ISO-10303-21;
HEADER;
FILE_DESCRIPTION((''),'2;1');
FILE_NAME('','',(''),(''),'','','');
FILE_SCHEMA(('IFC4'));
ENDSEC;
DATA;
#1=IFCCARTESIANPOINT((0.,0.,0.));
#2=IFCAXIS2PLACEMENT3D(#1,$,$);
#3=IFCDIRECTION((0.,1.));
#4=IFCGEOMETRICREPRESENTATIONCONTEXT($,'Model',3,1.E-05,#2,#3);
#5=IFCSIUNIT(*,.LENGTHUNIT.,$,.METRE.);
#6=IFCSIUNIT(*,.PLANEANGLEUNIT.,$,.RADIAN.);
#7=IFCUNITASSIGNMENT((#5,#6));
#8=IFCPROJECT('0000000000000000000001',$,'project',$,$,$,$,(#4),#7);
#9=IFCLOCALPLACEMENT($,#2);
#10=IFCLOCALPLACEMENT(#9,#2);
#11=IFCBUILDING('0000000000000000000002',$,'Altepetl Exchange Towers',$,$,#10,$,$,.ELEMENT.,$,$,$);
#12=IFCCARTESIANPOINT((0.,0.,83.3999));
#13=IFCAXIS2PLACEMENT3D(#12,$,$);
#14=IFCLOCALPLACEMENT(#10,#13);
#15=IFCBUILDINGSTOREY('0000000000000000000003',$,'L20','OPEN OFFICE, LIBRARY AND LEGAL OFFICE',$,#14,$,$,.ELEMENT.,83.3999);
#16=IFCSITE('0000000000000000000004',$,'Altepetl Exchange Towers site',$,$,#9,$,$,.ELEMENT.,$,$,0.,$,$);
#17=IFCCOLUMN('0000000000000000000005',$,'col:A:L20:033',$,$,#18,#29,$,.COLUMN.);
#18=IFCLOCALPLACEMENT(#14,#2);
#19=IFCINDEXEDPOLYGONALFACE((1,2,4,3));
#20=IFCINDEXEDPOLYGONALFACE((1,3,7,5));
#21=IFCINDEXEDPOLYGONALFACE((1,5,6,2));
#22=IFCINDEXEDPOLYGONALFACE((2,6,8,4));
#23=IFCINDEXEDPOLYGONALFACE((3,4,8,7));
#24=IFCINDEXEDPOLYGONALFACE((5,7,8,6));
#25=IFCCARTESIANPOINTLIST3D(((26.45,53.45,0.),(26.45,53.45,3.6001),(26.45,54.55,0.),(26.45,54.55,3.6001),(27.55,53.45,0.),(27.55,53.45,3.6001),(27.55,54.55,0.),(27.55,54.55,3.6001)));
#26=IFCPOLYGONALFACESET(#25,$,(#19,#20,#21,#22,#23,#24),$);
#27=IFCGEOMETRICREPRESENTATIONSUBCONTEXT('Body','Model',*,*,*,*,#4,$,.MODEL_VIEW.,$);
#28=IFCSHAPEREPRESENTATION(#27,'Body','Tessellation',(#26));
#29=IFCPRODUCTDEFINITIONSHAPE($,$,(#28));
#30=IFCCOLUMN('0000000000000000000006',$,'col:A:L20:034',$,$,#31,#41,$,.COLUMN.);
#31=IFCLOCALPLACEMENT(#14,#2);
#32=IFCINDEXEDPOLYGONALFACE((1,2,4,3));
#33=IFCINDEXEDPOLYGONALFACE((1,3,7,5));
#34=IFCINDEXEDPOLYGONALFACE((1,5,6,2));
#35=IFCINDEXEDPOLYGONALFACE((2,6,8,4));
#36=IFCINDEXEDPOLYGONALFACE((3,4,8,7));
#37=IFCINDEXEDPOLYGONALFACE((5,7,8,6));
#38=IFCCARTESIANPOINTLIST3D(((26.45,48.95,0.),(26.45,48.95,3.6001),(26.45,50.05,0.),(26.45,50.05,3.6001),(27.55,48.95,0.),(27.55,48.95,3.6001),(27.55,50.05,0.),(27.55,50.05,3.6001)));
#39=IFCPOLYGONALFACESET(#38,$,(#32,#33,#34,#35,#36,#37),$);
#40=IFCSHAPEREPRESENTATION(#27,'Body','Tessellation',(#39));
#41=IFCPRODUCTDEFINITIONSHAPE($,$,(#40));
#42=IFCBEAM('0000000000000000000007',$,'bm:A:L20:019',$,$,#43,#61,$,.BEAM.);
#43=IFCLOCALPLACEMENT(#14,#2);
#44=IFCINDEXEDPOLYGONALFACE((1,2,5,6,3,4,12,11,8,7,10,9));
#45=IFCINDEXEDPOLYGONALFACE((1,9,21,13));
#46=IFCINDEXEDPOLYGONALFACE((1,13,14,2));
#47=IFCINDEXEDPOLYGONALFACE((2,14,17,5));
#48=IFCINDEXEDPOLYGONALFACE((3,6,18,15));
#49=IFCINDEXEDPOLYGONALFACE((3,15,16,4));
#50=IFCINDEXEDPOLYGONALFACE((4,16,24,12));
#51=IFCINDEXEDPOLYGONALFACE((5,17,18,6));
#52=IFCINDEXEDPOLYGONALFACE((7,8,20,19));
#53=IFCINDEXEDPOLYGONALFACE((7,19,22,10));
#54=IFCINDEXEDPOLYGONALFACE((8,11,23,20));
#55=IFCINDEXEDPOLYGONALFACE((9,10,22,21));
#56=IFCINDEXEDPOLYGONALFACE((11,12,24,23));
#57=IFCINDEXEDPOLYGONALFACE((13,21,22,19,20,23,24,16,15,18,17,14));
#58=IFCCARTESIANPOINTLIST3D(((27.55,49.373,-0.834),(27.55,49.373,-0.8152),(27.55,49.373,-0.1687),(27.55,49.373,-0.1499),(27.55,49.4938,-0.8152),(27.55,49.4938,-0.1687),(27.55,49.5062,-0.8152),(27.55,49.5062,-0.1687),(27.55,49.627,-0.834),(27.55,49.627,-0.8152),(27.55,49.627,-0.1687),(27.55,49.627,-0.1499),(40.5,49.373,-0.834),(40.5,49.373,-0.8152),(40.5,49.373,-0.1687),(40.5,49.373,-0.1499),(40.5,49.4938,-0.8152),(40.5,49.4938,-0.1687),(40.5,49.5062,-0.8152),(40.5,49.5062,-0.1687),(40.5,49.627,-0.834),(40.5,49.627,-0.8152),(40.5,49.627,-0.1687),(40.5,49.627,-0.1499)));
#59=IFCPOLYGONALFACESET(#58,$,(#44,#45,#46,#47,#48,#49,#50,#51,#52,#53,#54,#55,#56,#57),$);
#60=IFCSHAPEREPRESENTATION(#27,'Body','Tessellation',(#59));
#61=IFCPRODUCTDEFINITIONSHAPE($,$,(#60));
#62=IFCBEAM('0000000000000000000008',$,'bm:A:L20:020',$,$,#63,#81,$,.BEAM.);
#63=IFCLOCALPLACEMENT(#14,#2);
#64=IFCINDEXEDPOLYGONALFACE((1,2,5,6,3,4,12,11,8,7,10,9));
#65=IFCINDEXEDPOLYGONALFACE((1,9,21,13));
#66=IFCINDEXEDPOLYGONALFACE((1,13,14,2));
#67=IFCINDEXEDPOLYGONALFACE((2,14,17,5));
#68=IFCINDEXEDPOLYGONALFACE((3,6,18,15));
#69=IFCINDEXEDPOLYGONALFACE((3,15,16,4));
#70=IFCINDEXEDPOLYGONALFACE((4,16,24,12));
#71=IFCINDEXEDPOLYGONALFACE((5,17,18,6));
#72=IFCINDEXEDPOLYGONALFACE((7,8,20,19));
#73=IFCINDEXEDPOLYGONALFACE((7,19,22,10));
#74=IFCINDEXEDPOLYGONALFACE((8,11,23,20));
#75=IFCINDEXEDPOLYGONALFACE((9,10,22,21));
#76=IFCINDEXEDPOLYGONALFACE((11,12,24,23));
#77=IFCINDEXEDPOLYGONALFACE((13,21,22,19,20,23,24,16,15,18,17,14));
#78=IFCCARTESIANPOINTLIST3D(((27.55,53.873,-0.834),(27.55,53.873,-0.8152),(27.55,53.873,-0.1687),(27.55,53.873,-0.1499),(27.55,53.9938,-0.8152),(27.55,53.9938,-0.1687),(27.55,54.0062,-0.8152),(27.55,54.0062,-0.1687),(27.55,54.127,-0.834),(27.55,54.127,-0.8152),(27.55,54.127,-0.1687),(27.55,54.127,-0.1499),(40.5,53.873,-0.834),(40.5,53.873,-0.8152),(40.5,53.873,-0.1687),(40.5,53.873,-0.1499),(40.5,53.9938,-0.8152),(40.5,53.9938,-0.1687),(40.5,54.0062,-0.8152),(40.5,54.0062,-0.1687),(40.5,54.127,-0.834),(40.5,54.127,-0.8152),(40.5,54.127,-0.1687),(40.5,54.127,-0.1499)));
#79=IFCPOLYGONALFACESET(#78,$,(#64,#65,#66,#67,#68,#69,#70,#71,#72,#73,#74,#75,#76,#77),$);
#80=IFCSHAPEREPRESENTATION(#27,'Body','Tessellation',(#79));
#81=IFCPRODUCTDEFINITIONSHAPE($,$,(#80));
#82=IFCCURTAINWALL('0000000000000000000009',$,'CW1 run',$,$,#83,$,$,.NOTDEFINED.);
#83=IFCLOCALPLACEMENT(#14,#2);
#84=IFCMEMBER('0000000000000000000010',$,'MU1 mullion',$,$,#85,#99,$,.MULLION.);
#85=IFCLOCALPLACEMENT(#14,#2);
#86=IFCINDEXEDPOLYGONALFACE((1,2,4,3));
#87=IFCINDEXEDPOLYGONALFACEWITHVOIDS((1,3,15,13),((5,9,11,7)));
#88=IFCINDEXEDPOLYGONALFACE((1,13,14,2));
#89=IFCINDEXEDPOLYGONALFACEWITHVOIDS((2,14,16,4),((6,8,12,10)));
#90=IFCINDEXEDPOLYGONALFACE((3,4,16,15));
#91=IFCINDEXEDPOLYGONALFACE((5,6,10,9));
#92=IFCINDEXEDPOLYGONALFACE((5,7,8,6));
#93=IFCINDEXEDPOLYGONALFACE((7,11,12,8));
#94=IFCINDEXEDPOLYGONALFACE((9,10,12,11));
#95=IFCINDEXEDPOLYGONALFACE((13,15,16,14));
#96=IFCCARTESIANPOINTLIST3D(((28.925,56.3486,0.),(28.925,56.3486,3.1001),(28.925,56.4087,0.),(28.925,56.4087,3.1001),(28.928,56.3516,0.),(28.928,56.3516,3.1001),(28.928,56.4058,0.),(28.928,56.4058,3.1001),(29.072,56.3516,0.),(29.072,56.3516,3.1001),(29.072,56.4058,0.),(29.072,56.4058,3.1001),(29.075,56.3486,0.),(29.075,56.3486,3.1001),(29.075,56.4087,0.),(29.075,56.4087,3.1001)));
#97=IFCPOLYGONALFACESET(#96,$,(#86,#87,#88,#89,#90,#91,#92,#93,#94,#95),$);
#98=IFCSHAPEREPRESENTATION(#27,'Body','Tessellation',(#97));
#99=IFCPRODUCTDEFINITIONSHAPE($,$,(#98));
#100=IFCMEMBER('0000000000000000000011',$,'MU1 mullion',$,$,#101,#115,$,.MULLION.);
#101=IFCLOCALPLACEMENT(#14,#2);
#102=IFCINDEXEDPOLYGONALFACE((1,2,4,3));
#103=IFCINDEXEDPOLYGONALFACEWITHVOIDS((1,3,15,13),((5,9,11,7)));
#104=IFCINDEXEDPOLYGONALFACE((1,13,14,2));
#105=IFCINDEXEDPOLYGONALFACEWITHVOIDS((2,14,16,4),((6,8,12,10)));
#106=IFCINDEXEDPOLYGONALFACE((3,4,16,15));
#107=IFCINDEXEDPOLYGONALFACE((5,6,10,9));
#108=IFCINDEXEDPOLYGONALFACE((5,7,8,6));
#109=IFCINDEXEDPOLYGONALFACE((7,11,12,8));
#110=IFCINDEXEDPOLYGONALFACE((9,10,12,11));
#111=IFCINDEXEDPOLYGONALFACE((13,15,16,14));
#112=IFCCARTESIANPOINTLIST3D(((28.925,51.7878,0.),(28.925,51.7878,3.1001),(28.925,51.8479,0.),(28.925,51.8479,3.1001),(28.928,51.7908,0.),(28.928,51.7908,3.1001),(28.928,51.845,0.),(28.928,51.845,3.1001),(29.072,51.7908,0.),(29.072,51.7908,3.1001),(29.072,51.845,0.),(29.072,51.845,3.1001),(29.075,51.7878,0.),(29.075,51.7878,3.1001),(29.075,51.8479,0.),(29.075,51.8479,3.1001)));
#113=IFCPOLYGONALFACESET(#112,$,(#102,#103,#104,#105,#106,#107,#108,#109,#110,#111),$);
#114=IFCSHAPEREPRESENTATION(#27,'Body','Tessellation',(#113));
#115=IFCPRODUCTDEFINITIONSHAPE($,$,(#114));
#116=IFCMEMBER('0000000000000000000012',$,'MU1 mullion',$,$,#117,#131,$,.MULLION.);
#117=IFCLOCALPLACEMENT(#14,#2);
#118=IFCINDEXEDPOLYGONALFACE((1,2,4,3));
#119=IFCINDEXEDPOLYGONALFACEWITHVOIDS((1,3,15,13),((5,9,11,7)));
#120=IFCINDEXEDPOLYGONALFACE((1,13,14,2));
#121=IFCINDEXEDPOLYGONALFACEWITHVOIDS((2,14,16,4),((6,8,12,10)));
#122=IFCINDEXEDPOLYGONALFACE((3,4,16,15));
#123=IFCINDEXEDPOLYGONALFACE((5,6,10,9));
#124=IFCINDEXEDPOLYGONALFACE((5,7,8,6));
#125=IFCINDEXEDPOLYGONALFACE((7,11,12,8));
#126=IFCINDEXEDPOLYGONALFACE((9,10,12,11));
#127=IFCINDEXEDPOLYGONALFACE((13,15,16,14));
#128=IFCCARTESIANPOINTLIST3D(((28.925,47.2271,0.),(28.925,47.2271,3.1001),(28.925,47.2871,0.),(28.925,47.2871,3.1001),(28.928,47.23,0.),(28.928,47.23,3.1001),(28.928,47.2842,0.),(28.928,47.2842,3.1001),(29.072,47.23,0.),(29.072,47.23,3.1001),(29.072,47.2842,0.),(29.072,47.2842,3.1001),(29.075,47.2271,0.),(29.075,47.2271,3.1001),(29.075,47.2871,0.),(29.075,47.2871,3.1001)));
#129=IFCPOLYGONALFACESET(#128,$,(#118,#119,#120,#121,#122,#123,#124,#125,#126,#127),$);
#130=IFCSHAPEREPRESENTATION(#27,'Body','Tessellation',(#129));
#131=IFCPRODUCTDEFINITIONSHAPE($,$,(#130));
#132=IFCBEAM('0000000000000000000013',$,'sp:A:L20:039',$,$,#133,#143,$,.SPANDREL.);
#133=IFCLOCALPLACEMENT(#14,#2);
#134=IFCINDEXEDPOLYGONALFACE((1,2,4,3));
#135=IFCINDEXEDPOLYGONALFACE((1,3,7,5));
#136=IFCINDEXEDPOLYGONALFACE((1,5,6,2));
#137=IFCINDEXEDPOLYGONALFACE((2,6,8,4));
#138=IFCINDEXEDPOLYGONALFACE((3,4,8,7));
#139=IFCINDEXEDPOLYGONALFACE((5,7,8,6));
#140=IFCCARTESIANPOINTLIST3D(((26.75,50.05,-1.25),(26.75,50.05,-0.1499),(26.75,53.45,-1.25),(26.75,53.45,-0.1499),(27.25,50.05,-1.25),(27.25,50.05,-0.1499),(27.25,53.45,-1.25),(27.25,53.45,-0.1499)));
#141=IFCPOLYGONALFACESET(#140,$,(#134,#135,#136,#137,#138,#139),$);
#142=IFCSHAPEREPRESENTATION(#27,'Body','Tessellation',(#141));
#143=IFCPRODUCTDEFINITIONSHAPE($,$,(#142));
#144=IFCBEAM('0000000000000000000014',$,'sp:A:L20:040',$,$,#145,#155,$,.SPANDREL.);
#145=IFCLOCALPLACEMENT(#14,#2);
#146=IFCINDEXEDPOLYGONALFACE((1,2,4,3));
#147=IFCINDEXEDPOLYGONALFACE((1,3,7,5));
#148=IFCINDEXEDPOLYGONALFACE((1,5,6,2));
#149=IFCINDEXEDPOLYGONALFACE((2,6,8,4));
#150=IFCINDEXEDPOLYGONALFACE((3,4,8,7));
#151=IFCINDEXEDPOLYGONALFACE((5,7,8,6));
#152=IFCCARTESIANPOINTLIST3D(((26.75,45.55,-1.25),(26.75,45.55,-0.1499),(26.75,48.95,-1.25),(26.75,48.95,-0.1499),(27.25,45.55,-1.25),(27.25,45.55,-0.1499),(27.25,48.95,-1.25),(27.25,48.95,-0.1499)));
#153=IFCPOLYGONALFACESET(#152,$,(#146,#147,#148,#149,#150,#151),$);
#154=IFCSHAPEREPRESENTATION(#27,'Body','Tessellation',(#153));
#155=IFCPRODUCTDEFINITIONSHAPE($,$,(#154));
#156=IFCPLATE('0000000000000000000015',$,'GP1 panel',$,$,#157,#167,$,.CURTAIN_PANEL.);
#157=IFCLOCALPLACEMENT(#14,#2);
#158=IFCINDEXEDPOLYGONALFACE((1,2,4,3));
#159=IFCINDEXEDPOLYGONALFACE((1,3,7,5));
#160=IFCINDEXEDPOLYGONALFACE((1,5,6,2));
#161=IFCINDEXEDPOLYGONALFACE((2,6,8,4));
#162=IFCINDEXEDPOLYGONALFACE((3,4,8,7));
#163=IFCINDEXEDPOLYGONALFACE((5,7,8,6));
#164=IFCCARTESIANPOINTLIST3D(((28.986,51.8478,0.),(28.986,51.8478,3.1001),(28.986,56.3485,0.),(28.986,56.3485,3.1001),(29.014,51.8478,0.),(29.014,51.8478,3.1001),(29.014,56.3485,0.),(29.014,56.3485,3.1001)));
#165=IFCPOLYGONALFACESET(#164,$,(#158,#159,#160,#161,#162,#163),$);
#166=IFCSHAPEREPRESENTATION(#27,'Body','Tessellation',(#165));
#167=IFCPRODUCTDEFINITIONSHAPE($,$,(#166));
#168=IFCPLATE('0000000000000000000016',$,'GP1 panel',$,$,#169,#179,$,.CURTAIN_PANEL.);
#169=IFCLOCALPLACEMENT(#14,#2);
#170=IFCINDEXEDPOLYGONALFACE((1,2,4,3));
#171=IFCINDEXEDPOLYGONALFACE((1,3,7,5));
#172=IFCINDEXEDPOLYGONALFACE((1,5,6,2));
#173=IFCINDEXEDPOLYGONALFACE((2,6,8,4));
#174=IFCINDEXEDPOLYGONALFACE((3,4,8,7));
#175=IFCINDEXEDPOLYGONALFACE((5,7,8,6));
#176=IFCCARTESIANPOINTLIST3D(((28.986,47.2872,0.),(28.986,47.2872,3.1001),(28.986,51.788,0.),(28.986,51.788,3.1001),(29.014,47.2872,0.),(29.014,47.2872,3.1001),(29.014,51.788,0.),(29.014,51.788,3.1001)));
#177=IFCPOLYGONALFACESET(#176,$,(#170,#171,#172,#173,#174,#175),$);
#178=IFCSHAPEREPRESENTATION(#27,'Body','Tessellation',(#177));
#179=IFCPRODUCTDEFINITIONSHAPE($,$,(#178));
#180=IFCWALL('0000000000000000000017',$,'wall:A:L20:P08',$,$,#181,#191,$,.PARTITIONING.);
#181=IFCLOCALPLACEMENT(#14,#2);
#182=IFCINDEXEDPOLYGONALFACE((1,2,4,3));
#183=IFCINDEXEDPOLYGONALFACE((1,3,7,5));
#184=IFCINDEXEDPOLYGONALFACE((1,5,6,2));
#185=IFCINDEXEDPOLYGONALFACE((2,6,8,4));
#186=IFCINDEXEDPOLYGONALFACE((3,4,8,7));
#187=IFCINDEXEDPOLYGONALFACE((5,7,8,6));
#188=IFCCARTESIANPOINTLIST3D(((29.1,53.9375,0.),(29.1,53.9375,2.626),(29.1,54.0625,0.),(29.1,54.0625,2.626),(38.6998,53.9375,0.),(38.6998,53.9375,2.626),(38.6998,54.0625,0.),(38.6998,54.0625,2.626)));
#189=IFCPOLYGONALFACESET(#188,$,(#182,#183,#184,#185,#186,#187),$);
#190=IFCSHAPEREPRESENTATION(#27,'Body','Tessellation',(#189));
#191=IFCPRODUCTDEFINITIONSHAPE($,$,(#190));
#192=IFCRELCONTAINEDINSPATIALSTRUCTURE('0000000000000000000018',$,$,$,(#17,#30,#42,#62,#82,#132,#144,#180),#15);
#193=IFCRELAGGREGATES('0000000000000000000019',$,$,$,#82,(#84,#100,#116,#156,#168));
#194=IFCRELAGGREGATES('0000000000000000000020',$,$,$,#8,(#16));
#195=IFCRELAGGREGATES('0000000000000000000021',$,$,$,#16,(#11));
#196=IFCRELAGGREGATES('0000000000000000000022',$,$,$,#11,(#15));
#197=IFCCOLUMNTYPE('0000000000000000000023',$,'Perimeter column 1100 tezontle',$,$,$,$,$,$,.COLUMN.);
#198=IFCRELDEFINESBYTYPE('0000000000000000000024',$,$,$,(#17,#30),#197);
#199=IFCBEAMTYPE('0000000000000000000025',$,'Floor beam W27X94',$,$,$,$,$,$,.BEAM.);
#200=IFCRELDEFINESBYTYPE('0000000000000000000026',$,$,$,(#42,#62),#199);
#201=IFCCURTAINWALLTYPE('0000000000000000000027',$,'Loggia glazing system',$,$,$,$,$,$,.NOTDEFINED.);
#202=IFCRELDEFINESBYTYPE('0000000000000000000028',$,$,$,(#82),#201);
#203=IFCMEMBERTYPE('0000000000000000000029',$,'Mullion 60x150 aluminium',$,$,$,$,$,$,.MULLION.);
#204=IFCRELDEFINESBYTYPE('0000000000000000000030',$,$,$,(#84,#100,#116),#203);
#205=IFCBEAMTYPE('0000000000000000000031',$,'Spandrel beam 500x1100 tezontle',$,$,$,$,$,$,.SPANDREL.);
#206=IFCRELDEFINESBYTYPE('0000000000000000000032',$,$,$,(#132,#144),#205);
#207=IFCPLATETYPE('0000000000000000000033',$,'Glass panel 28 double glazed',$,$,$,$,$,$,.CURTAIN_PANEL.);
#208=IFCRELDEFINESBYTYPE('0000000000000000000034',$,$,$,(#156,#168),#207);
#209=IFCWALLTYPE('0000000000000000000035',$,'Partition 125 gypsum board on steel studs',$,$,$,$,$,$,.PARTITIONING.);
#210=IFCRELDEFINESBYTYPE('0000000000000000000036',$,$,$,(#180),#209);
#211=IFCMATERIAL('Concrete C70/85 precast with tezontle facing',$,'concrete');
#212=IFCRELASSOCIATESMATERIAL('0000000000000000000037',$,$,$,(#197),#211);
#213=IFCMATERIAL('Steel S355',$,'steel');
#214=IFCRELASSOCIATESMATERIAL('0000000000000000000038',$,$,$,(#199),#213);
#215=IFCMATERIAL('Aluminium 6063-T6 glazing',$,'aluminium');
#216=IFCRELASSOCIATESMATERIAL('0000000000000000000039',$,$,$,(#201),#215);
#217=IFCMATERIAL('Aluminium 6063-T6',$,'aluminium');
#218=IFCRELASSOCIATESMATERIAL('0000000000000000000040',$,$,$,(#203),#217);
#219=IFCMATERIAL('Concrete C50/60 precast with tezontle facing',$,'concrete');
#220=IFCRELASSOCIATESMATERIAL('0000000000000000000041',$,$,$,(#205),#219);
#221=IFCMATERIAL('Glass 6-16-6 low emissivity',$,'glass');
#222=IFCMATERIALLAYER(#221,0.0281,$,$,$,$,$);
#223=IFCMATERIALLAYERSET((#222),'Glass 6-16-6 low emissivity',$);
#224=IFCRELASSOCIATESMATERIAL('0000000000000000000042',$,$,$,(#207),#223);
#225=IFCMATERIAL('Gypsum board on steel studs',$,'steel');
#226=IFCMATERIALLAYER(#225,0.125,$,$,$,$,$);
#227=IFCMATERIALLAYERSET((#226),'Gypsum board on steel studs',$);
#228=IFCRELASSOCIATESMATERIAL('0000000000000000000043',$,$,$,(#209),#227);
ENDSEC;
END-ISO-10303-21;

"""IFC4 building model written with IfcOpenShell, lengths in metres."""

from ifc_helpers import new_model, si_unit, direction, frame, frame_2d, origin, origin_2d, place, context, subcontext, project, spatial, rectangle, hollow_rectangle, i_section, extrude, material, layer, layer_set, material_profile, profile_set, type_object, element, aggregate, save


model = new_model("IFC4")

# Units and contexts
model_context = context("Model", 3, precision=1e-05, world=origin(), true_north=direction((0.0, 1.0)))
body_context = subcontext(model_context, "Body", "Model", "MODEL_VIEW")
ifc_project = project(units=[si_unit("LENGTHUNIT", "METRE"), si_unit("PLANEANGLEUNIT", "RADIAN")], contexts=[model_context])

# Site, building, storey
site_placement = place(None, origin())
site = spatial("IfcSite", under=ifc_project, at=site_placement, Name="Altepetl Exchange Towers site", CompositionType="ELEMENT", RefElevation=0.0)
building_placement = place(site_placement, origin())
building = spatial("IfcBuilding", under=site, at=building_placement, Name="Altepetl Exchange Towers", CompositionType="ELEMENT")
storey_placement = place(building_placement, frame((0.0, 0.0, 83.3999)))
storey = spatial("IfcBuildingStorey", under=building, at=storey_placement, Name="L20", Description="OPEN OFFICE, LIBRARY AND LEGAL OFFICE", CompositionType="ELEMENT", Elevation=83.3999)

# Columns
ifc_material_1 = material(Name="Concrete C70/85 precast with tezontle facing", Category="concrete")
ifc_material_profile_1 = material_profile(ifc_material_1, rectangle(XDim=1.1001, YDim=1.1001, at=origin_2d()), Name="1100 x 1100")
ifc_profile_set_1 = profile_set([ifc_material_profile_1], Name="Concrete C70/85 precast with tezontle facing")
column_type = type_object("IfcColumnType", Name="Perimeter column 1100 tezontle", PredefinedType="COLUMN", material=ifc_profile_set_1)
for number, where, name in (
    (1, (27.0, 54.0, 0.0), "col:A:L20:033"),
    (2, (27.0, 49.5, 0.0), "col:A:L20:034"),
):
    element("IfcColumn", number, at=place(storey_placement, frame(where)), inside=storey, type_object=column_type, Name=name, PredefinedType="COLUMN", context=body_context, shape_type="SweptSolid", body=[
        extrude(rectangle(XDim=1.1001, YDim=1.1001, at=origin_2d()), origin(), (0.0, 0.0, 1.0), 3.6001),
    ])

# Beams
ifc_material_2 = material(Name="Steel S355", Category="steel")
ifc_material_profile_2 = material_profile(ifc_material_2, i_section(OverallWidth=0.2539, OverallDepth=0.6841, WebThickness=0.0125, FlangeThickness=0.0188, at=origin_2d()), Name="W27X94")
ifc_profile_set_2 = profile_set([ifc_material_profile_2], Name="Steel S355")
beam_type_1 = type_object("IfcBeamType", Name="Floor beam W27X94", PredefinedType="BEAM", material=ifc_profile_set_2)
for number, where, z_axis, x_axis, name in (
    (3, (27.55, 49.5, -0.4919), (1.0, 0.0, 0.0), (0.0, 1.0, 0.0), "bm:A:L20:019"),
    (4, (27.55, 54.0, -0.4919), (1.0, 0.0, 0.0), (0.0, 1.0, 0.0), "bm:A:L20:020"),
):
    element("IfcBeam", number, at=place(storey_placement, frame(where, z_axis=z_axis, x_axis=x_axis)), inside=storey, type_object=beam_type_1, Name=name, PredefinedType="BEAM", context=body_context, shape_type="SweptSolid", body=[
        extrude(i_section(OverallWidth=0.2539, OverallDepth=0.6841, WebThickness=0.0125, FlangeThickness=0.0188, at=origin_2d()), origin(), (0.0, 0.0, 1.0), 12.95),
    ])

# Curtain wall, members
ifc_material_3 = material(Name="Aluminium 6063-T6 glazing", Category="aluminium")
curtain_wall_type = type_object("IfcCurtainWallType", Name="Loggia glazing system", PredefinedType="NOTDEFINED", material=ifc_material_3)
curtain_wall_placement = place(storey_placement, origin())
curtain_wall = element("IfcCurtainWall", 5, at=curtain_wall_placement, inside=storey, type_object=curtain_wall_type, Name="CW1 run", PredefinedType="NOTDEFINED")
ifc_material_4 = material(Name="Aluminium 6063-T6", Category="aluminium")
ifc_material_profile_3 = material_profile(ifc_material_4, hollow_rectangle(XDim=0.0601, YDim=0.1499, WallThickness=0.0029, at=origin_2d()), Name="Mullion 60x150 aluminium")
ifc_profile_set_3 = profile_set([ifc_material_profile_3], Name="Aluminium 6063-T6")
member_type = type_object("IfcMemberType", Name="Mullion 60x150 aluminium", PredefinedType="MULLION", material=ifc_profile_set_3)
member_1_placement = place(storey_placement, frame((29.0, 56.3787, 0.0), z_axis=(0.0, 0.0, 1.0), x_axis=(0.0, -1.0, 0.0)))
member_1 = element("IfcMember", 6, at=member_1_placement, type_object=member_type, Name="MU1 mullion", PredefinedType="MULLION", context=body_context, shape_type="SweptSolid", body=[
    extrude(hollow_rectangle(XDim=0.0601, YDim=0.1499, WallThickness=0.0029, at=origin_2d()), origin(), (0.0, 0.0, 1.0), 3.1001),
])
member_2_placement = place(storey_placement, frame((29.0, 51.8179, 0.0), z_axis=(0.0, 0.0, 1.0), x_axis=(0.0, -1.0, 0.0)))
member_2 = element("IfcMember", 7, at=member_2_placement, type_object=member_type, Name="MU1 mullion", PredefinedType="MULLION", context=body_context, shape_type="SweptSolid", body=[
    extrude(hollow_rectangle(XDim=0.0601, YDim=0.1499, WallThickness=0.0029, at=origin_2d()), origin(), (0.0, 0.0, 1.0), 3.1001),
])
member_3_placement = place(storey_placement, frame((29.0, 47.2571, 0.0), z_axis=(0.0, 0.0, 1.0), x_axis=(0.0, -1.0, 0.0)))
member_3 = element("IfcMember", 8, at=member_3_placement, type_object=member_type, Name="MU1 mullion", PredefinedType="MULLION", context=body_context, shape_type="SweptSolid", body=[
    extrude(hollow_rectangle(XDim=0.0601, YDim=0.1499, WallThickness=0.0029, at=origin_2d()), origin(), (0.0, 0.0, 1.0), 3.1001),
])

# Beams
ifc_material_5 = material(Name="Concrete C50/60 precast with tezontle facing", Category="concrete")
ifc_material_profile_4 = material_profile(ifc_material_5, rectangle(XDim=0.5, YDim=1.1001, at=origin_2d()), Name="500 x 1100")
ifc_profile_set_4 = profile_set([ifc_material_profile_4], Name="Concrete C50/60 precast with tezontle facing")
beam_type_2 = type_object("IfcBeamType", Name="Spandrel beam 500x1100 tezontle", PredefinedType="SPANDREL", material=ifc_profile_set_4)
for number, where, z_axis, x_axis, name in (
    (9, (27.0, 53.45, -0.7), (0.0, -1.0, 0.0), (1.0, 0.0, 0.0), "sp:A:L20:039"),
    (10, (27.0, 48.95, -0.7), (0.0, -1.0, 0.0), (1.0, 0.0, 0.0), "sp:A:L20:040"),
):
    element("IfcBeam", number, at=place(storey_placement, frame(where, z_axis=z_axis, x_axis=x_axis)), inside=storey, type_object=beam_type_2, Name=name, PredefinedType="SPANDREL", context=body_context, shape_type="SweptSolid", body=[
        extrude(rectangle(XDim=0.5, YDim=1.1001, at=origin_2d()), origin(), (0.0, 0.0, 1.0), 3.3999),
    ])

# Plates
ifc_material_6 = material(Name="Glass 6-16-6 low emissivity", Category="glass")
ifc_layer_1 = layer(ifc_material_6, 0.0281)
ifc_layer_set_1 = layer_set([ifc_layer_1], Name="Glass 6-16-6 low emissivity")
plate_type = type_object("IfcPlateType", Name="Glass panel 28 double glazed", PredefinedType="CURTAIN_PANEL", material=ifc_layer_set_1)
plate_1_placement = place(storey_placement, frame((29.0, 54.0981, 0.0), z_axis=(0.0, 0.0, 1.0), x_axis=(0.0, -1.0, 0.0)))
plate_1 = element("IfcPlate", 11, at=plate_1_placement, type_object=plate_type, Name="GP1 panel", PredefinedType="CURTAIN_PANEL", context=body_context, shape_type="SweptSolid", body=[
    extrude(rectangle(XDim=4.5007, YDim=0.0281, at=origin_2d()), origin(), (0.0, 0.0, 1.0), 3.1001),
])
plate_2_placement = place(storey_placement, frame((29.0, 49.5376, 0.0), z_axis=(0.0, 0.0, 1.0), x_axis=(0.0, -1.0, 0.0)))
plate_2 = element("IfcPlate", 12, at=plate_2_placement, type_object=plate_type, Name="GP1 panel", PredefinedType="CURTAIN_PANEL", context=body_context, shape_type="SweptSolid", body=[
    extrude(rectangle(XDim=4.5007, YDim=0.0281, at=origin_2d()), origin(), (0.0, 0.0, 1.0), 3.1001),
])
aggregate(curtain_wall, [member_1, member_2, member_3, plate_1, plate_2])

# Wall
ifc_material_7 = material(Name="Gypsum board on steel studs", Category="steel")
ifc_layer_2 = layer(ifc_material_7, 0.125)
ifc_layer_set_2 = layer_set([ifc_layer_2], Name="Gypsum board on steel studs")
wall_type_1 = type_object("IfcWallType", Name="Partition 125 gypsum board on steel studs", PredefinedType="PARTITIONING", material=ifc_layer_set_2)
wall_1_placement = place(storey_placement, frame((29.1001, 54.0, 0.0)))
element("IfcWall", 13, at=wall_1_placement, inside=storey, type_object=wall_type_1, Name="wall:A:L20:P08", PredefinedType="PARTITIONING", context=body_context, shape_type="SweptSolid", body=[
    extrude(rectangle(XDim=9.5999, YDim=0.125, at=frame_2d((4.7998, 0.0))), origin(), (0.0, 0.0, 1.0), 2.626),
])

save(model, "model.ifc")
